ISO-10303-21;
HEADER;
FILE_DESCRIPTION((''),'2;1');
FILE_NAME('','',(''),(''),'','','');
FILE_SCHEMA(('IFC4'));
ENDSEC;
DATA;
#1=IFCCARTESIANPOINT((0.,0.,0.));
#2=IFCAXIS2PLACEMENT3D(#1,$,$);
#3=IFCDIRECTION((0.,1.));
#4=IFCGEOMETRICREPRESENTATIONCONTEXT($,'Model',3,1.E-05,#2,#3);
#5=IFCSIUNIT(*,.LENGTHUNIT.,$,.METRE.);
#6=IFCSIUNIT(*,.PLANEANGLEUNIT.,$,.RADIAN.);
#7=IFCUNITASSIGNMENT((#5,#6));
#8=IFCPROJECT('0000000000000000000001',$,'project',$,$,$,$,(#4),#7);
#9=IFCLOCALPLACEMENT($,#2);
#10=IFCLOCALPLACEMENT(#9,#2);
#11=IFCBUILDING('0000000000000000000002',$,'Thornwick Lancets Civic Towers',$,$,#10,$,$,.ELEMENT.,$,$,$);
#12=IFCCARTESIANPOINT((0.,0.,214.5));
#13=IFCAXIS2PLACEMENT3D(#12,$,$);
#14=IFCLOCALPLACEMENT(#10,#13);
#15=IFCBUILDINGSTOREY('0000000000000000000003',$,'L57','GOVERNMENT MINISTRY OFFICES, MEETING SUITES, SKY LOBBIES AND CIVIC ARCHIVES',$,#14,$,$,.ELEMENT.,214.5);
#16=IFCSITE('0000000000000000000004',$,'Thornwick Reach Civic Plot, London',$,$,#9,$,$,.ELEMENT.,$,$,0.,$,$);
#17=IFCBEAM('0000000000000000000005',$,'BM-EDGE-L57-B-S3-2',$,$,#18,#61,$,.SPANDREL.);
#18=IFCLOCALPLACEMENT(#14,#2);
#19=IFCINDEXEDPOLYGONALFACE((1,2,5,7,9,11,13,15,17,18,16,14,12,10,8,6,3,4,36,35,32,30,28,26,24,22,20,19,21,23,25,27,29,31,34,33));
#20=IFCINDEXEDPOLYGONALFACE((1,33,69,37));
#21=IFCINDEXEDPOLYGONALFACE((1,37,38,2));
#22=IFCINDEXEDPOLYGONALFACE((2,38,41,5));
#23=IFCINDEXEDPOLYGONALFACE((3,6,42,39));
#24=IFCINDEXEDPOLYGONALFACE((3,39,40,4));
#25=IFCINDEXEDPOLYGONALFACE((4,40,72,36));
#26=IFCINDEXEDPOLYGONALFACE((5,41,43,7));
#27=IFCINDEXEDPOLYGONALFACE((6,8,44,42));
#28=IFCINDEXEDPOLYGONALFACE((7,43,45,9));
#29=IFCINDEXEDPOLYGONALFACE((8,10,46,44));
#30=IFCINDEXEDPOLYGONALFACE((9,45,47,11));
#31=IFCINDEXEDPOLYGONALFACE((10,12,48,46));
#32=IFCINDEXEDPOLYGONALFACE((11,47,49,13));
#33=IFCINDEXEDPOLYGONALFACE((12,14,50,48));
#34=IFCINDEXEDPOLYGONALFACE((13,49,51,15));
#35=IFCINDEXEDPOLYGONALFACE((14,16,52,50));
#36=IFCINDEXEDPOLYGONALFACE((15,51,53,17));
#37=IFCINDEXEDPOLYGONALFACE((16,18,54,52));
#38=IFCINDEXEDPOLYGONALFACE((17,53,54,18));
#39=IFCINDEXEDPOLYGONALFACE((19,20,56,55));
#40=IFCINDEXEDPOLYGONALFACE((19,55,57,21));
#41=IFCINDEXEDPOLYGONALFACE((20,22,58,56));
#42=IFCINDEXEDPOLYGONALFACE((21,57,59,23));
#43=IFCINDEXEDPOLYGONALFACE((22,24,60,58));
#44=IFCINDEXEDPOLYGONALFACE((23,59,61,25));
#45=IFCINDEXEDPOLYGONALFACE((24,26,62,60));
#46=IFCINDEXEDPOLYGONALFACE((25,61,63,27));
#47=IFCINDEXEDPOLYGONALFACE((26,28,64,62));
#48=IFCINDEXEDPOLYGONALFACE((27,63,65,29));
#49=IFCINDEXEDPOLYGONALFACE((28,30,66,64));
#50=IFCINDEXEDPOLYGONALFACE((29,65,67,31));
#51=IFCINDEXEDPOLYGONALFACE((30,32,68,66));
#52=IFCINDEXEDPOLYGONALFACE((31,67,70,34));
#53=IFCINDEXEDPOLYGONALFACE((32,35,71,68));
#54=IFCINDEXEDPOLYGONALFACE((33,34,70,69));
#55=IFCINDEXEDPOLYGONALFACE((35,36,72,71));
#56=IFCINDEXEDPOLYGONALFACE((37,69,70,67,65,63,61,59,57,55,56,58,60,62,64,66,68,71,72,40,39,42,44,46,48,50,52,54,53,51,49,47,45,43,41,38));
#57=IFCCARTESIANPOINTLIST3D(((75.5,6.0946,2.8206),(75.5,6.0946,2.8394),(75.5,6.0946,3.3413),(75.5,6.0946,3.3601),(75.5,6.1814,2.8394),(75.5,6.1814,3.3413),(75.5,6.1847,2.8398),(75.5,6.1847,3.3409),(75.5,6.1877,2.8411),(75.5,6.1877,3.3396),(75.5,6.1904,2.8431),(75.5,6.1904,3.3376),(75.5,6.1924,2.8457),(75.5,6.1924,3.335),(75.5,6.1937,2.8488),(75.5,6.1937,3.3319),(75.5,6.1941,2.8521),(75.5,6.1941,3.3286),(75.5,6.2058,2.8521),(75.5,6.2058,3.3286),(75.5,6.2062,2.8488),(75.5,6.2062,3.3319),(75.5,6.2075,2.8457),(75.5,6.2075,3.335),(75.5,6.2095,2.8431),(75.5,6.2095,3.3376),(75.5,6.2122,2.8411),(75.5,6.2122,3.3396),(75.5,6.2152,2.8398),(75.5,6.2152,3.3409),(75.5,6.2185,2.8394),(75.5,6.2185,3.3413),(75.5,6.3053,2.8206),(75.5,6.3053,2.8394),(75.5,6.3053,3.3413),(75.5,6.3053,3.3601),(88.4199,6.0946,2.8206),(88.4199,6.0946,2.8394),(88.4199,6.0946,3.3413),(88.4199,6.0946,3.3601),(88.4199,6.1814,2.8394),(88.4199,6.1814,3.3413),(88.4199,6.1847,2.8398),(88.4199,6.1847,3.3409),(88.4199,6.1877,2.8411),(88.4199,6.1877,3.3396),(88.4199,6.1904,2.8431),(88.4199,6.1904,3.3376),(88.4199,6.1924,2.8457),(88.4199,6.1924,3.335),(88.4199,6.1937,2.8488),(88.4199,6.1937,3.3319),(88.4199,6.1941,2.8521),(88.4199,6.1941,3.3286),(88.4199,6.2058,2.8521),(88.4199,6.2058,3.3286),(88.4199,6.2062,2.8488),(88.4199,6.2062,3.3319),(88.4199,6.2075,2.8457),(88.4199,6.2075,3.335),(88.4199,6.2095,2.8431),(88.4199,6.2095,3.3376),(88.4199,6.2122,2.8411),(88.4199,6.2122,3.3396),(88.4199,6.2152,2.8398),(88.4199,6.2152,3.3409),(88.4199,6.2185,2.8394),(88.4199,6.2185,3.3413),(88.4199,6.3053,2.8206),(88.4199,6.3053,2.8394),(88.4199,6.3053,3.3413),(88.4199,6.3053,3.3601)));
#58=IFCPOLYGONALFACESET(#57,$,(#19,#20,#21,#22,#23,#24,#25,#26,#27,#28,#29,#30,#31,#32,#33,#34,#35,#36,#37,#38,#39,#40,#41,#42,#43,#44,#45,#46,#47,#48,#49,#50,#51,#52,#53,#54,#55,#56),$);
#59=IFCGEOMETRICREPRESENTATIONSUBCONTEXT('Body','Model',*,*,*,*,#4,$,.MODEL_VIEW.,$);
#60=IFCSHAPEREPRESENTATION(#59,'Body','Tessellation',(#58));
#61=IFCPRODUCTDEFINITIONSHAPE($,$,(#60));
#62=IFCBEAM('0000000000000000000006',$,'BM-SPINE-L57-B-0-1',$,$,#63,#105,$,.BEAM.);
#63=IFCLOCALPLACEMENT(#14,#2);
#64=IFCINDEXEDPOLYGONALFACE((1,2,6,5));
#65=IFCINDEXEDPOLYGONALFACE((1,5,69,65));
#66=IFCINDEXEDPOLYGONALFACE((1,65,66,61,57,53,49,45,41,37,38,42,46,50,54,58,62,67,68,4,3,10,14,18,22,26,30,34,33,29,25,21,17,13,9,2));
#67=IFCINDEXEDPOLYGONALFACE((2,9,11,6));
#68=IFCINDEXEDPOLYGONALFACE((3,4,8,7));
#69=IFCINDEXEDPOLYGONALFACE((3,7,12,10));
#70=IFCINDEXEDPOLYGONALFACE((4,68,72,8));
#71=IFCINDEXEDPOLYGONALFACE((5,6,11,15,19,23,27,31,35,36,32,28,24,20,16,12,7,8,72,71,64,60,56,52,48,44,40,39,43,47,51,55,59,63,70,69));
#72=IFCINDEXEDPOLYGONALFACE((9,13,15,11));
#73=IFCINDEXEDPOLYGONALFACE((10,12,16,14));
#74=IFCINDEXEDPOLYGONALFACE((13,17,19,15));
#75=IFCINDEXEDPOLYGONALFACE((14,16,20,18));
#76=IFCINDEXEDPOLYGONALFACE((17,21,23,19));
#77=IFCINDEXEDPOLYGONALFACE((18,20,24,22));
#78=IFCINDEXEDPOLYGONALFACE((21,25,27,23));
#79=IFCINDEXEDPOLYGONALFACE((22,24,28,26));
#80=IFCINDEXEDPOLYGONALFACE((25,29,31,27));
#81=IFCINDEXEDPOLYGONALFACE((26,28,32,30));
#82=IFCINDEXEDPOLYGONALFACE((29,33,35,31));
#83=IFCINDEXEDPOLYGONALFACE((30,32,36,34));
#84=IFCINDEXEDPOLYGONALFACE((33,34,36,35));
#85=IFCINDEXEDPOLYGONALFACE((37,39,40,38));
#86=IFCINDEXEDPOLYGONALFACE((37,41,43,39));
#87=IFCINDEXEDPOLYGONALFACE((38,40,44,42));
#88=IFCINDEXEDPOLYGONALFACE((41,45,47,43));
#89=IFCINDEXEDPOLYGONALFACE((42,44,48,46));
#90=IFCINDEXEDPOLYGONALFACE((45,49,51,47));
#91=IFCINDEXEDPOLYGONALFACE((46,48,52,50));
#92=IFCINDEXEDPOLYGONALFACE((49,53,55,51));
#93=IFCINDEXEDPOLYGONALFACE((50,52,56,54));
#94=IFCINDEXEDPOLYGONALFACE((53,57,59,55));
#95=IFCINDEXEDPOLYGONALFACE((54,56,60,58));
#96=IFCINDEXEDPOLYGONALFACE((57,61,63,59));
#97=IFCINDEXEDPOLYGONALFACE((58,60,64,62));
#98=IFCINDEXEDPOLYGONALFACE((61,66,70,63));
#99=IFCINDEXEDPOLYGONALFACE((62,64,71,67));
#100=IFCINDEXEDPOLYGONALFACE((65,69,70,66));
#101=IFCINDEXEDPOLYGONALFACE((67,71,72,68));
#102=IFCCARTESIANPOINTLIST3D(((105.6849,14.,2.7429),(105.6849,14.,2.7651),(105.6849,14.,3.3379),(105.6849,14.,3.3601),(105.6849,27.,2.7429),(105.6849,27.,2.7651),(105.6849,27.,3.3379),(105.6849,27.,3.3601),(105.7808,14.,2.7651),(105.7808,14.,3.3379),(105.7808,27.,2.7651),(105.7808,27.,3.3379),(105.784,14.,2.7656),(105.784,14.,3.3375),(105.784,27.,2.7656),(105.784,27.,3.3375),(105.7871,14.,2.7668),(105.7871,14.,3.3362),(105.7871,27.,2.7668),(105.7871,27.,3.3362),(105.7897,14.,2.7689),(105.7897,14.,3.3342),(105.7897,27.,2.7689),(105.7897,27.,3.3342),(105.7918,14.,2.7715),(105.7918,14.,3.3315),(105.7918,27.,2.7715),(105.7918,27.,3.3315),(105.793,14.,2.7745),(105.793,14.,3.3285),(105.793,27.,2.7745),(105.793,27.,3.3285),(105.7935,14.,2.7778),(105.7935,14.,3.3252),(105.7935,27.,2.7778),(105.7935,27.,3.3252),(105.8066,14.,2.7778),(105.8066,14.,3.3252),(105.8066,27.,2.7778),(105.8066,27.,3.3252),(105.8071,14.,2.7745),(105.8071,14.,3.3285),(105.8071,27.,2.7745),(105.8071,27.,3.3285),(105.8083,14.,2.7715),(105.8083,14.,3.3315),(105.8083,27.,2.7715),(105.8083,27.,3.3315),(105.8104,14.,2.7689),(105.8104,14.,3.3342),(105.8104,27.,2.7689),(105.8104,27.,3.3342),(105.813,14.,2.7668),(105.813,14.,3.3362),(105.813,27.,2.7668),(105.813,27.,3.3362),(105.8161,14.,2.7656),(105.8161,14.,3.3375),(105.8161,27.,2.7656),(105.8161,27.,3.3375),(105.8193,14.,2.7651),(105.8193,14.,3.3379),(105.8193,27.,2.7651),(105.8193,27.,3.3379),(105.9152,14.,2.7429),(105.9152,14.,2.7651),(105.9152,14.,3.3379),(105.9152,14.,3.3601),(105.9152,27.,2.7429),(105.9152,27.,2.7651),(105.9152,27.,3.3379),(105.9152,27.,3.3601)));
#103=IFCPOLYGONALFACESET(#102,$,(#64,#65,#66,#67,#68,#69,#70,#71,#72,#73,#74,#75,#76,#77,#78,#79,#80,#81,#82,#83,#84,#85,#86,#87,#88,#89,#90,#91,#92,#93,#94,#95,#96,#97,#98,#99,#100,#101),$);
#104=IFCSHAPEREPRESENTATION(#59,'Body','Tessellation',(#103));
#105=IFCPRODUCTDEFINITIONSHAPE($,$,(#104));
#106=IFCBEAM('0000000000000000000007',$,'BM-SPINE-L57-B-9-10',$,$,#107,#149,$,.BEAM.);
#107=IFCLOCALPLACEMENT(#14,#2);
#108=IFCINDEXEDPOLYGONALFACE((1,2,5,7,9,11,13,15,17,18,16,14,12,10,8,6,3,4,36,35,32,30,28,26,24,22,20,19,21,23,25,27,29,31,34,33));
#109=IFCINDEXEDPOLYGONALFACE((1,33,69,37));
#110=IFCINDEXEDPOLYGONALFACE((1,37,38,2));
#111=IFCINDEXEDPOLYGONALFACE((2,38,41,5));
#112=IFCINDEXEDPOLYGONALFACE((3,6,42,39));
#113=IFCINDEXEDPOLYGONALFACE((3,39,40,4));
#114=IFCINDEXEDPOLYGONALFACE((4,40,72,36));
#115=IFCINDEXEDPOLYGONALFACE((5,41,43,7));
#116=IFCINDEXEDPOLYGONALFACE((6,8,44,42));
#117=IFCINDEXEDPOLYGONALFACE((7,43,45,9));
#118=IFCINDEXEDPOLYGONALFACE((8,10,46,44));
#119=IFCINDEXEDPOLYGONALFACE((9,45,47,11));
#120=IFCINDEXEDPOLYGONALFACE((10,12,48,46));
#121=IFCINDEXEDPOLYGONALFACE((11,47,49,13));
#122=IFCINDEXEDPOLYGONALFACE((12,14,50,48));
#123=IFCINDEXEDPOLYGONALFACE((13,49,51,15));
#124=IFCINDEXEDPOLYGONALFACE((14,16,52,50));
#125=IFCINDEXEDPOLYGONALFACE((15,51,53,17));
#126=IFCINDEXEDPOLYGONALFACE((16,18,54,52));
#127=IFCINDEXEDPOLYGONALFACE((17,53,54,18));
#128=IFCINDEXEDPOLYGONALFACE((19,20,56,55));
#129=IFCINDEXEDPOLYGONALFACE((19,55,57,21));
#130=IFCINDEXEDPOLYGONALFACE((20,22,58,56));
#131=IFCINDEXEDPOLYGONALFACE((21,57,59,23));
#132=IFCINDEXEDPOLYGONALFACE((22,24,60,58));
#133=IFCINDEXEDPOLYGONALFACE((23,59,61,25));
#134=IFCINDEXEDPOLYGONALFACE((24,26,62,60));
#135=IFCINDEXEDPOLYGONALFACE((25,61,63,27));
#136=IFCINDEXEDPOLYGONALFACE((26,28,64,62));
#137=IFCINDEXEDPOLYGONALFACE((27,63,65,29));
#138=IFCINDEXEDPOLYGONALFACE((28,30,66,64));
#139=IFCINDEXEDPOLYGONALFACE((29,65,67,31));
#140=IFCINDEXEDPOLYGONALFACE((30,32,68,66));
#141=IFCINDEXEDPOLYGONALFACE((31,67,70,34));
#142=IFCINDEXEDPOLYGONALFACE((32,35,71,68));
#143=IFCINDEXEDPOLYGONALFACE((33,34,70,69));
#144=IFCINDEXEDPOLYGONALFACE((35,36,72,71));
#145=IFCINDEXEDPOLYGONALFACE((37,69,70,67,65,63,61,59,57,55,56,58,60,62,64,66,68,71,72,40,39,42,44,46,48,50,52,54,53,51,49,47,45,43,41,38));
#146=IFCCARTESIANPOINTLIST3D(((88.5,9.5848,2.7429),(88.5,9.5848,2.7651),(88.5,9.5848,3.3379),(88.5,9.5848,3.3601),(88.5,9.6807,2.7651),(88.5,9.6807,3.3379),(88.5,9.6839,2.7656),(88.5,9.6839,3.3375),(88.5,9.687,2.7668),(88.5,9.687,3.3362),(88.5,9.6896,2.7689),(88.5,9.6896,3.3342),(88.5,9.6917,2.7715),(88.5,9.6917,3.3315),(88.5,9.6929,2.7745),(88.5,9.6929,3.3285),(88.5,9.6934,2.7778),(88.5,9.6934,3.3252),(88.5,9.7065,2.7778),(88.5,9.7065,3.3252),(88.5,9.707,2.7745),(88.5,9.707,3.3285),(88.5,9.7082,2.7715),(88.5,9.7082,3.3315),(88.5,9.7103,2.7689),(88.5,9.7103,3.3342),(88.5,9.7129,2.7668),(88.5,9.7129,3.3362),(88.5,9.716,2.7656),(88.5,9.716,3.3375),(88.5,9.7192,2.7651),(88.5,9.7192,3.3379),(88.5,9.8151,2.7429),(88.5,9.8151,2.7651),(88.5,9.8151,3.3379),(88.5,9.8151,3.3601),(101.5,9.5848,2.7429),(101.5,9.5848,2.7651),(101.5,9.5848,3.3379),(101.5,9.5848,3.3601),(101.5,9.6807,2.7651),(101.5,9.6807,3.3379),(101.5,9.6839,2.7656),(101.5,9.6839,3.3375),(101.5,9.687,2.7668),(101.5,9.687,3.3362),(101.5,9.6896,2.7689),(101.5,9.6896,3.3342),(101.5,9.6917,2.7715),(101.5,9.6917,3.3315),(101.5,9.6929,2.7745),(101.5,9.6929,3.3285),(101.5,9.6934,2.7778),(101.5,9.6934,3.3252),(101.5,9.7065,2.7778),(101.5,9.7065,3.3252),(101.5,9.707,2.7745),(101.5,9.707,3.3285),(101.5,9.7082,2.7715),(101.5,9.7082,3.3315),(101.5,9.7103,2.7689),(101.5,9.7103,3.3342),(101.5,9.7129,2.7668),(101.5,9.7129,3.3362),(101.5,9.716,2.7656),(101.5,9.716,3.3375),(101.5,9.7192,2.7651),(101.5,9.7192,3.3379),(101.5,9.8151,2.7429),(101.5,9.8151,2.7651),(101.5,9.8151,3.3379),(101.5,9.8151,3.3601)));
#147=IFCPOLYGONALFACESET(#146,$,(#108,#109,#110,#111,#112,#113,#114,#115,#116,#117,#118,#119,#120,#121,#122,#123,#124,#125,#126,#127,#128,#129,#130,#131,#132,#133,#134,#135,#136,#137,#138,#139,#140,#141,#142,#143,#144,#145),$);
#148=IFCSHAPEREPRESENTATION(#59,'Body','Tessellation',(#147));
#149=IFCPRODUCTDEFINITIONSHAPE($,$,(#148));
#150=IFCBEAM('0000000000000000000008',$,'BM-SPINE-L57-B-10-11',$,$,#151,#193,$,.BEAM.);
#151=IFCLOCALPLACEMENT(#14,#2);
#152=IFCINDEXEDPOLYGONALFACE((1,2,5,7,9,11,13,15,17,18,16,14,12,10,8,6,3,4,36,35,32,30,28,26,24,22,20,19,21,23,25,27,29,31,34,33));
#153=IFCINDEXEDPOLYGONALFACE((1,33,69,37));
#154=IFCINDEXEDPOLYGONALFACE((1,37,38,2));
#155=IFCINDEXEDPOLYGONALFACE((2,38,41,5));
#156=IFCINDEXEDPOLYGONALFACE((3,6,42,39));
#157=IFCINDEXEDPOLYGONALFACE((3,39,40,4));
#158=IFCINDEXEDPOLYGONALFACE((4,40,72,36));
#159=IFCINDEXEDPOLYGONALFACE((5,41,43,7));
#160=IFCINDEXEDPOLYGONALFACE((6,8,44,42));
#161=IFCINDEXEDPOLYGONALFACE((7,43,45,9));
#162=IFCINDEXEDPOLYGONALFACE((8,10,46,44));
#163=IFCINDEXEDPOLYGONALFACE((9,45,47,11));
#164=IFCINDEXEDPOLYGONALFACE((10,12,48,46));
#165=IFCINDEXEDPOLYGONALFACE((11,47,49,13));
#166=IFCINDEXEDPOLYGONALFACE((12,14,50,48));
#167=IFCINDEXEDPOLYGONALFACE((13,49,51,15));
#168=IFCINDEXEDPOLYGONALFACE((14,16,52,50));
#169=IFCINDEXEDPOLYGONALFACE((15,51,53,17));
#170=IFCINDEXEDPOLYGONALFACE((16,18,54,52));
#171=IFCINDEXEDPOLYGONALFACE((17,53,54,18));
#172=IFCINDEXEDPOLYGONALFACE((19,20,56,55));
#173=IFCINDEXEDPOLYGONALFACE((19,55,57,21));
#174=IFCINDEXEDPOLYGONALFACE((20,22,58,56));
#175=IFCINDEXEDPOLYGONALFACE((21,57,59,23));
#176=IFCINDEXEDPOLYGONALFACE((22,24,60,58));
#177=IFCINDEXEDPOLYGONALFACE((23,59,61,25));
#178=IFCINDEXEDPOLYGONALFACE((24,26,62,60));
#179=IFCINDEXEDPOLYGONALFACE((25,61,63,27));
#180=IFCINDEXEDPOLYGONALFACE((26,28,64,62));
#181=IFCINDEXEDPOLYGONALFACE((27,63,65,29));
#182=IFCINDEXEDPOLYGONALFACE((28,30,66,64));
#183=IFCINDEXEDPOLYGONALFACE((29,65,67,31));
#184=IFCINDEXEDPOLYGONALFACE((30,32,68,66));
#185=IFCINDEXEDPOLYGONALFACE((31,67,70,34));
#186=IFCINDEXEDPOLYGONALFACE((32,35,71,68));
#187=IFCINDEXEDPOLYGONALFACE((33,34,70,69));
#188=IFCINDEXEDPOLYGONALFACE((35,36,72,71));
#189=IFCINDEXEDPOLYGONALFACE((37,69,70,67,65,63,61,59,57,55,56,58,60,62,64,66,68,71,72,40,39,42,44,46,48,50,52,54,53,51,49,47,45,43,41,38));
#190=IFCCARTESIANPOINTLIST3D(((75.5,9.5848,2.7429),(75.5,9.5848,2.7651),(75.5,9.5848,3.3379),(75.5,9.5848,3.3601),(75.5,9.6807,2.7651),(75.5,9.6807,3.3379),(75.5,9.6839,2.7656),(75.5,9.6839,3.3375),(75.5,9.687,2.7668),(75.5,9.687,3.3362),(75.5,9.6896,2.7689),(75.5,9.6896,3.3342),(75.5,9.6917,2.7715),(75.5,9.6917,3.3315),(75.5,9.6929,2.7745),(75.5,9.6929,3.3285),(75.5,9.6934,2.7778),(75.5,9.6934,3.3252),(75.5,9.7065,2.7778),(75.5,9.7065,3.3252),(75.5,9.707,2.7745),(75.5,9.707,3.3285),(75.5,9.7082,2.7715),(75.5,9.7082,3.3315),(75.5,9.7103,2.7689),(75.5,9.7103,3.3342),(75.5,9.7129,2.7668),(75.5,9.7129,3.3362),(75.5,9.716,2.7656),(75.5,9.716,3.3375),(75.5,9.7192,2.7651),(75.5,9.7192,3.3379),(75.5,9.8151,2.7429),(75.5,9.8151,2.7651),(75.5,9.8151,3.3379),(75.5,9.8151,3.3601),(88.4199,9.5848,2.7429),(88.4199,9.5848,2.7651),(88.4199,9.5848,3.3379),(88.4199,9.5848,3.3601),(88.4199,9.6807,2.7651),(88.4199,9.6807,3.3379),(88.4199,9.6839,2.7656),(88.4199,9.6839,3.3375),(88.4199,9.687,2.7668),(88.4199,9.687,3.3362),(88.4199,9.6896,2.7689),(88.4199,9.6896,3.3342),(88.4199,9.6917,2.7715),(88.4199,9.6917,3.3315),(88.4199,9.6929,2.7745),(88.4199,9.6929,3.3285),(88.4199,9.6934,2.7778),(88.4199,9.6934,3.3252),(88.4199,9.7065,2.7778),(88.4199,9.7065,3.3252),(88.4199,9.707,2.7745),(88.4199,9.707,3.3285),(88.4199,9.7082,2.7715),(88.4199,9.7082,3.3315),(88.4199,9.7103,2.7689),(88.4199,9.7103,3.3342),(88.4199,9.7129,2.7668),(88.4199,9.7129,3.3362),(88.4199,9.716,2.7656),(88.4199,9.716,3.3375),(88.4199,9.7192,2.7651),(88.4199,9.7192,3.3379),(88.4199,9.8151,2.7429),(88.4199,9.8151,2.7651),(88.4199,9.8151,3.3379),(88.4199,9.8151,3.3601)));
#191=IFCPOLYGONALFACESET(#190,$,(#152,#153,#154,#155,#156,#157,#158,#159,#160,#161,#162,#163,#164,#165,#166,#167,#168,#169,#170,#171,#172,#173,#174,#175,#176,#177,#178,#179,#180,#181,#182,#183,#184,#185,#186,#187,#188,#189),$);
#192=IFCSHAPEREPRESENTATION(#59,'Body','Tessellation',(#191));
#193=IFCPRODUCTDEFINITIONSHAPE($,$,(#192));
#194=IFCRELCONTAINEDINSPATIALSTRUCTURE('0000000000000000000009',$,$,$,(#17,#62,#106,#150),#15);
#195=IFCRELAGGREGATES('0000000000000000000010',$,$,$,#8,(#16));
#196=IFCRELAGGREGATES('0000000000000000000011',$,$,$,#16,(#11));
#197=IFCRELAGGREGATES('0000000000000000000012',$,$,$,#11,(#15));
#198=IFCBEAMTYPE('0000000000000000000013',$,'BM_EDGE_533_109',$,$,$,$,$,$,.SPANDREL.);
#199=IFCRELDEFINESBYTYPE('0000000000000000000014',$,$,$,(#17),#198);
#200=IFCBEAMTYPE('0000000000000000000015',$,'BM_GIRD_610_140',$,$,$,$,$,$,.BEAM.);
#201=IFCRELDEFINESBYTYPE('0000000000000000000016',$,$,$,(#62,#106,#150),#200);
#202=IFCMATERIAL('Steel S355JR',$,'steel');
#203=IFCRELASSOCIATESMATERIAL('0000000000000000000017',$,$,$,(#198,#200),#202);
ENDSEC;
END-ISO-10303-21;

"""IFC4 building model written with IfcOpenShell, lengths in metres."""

from ifc_helpers import new_model, si_unit, direction, frame, origin, origin_2d, place, context, subcontext, project, spatial, i_section, extrude, material, material_profile, profile_set, type_object, element, save


model = new_model("IFC4")

# Units and contexts
model_context = context("Model", 3, precision=1e-05, world=origin(), true_north=direction((0.0, 1.0)))
body_context = subcontext(model_context, "Body", "Model", "MODEL_VIEW")
ifc_project = project(units=[si_unit("LENGTHUNIT", "METRE"), si_unit("PLANEANGLEUNIT", "RADIAN")], contexts=[model_context])

# Site, building, storey
site_placement = place(None, origin())
site = spatial("IfcSite", under=ifc_project, at=site_placement, Name="Thornwick Reach Civic Plot, London", CompositionType="ELEMENT", RefElevation=0.0)
building_placement = place(site_placement, origin())
building = spatial("IfcBuilding", under=site, at=building_placement, Name="Thornwick Lancets Civic Towers", CompositionType="ELEMENT")
storey_placement = place(building_placement, frame((0.0, 0.0, 214.5)))
storey = spatial("IfcBuildingStorey", under=building, at=storey_placement, Name="L57", Description="GOVERNMENT MINISTRY OFFICES, MEETING SUITES, SKY LOBBIES AND CIVIC ARCHIVES", CompositionType="ELEMENT", Elevation=214.5)

# Shared definitions
ifc_material_1 = material(Name="Steel S355JR", Category="steel")

# Beams
ifc_material_profile_1 = material_profile(ifc_material_1, i_section(OverallWidth=0.2107, OverallDepth=0.5396, WebThickness=0.0117, FlangeThickness=0.0188, FilletRadius=0.0127, at=origin_2d()), Name="UKB 533x210x109")
ifc_profile_set_1 = profile_set([ifc_material_profile_1], Name="Steel S355JR")
beam_type_1 = type_object("IfcBeamType", Name="BM_EDGE_533_109", PredefinedType="SPANDREL", material=ifc_profile_set_1)
beam_1_placement = place(storey_placement, frame((88.4199, 6.2, 3.0903), z_axis=(-1.0, 0.0, 0.0), x_axis=(0.0, -1.0, 0.0)))
element("IfcBeam", 1, at=beam_1_placement, inside=storey, type_object=beam_type_1, Name="BM-EDGE-L57-B-S3-2", PredefinedType="SPANDREL", context=body_context, shape_type="SweptSolid", body=[
    extrude(i_section(OverallWidth=0.2107, OverallDepth=0.5396, WebThickness=0.0117, FlangeThickness=0.0188, FilletRadius=0.0127, at=origin_2d()), origin(), (0.0, 0.0, 1.0), 12.9199),
])
ifc_material_profile_2 = material_profile(ifc_material_1, i_section(OverallWidth=0.2302, OverallDepth=0.6172, WebThickness=0.0132, FlangeThickness=0.0222, FilletRadius=0.0127, at=origin_2d()), Name="UKB 610x229x140")
ifc_profile_set_2 = profile_set([ifc_material_profile_2], Name="Steel S355JR")
beam_type_2 = type_object("IfcBeamType", Name="BM_GIRD_610_140", PredefinedType="BEAM", material=ifc_profile_set_2)
for number, where, z_axis, x_axis, name in (
    (2, (105.8, 14.0, 3.0515), (0.0, 1.0, 0.0), (-1.0, 0.0, 0.0), "BM-SPINE-L57-B-0-1"),
    (3, (101.5, 9.7, 3.0515), (-1.0, 0.0, 0.0), (0.0, -1.0, 0.0), "BM-SPINE-L57-B-9-10"),
):
    element("IfcBeam", number, at=place(storey_placement, frame(where, z_axis=z_axis, x_axis=x_axis)), inside=storey, type_object=beam_type_2, Name=name, PredefinedType="BEAM", context=body_context, shape_type="SweptSolid", body=[
        extrude(i_section(OverallWidth=0.2302, OverallDepth=0.6172, WebThickness=0.0132, FlangeThickness=0.0222, FilletRadius=0.0127, at=origin_2d()), origin(), (0.0, 0.0, 1.0), 13.0),
    ])
beam_2_placement = place(storey_placement, frame((88.4199, 9.7, 3.0515), z_axis=(-1.0, 0.0, 0.0), x_axis=(0.0, -1.0, 0.0)))
element("IfcBeam", 4, at=beam_2_placement, inside=storey, type_object=beam_type_2, Name="BM-SPINE-L57-B-10-11", PredefinedType="BEAM", context=body_context, shape_type="SweptSolid", body=[
    extrude(i_section(OverallWidth=0.2302, OverallDepth=0.6172, WebThickness=0.0132, FlangeThickness=0.0222, FilletRadius=0.0127, at=origin_2d()), origin(), (0.0, 0.0, 1.0), 12.9199),
])

save(model, "model.ifc")
